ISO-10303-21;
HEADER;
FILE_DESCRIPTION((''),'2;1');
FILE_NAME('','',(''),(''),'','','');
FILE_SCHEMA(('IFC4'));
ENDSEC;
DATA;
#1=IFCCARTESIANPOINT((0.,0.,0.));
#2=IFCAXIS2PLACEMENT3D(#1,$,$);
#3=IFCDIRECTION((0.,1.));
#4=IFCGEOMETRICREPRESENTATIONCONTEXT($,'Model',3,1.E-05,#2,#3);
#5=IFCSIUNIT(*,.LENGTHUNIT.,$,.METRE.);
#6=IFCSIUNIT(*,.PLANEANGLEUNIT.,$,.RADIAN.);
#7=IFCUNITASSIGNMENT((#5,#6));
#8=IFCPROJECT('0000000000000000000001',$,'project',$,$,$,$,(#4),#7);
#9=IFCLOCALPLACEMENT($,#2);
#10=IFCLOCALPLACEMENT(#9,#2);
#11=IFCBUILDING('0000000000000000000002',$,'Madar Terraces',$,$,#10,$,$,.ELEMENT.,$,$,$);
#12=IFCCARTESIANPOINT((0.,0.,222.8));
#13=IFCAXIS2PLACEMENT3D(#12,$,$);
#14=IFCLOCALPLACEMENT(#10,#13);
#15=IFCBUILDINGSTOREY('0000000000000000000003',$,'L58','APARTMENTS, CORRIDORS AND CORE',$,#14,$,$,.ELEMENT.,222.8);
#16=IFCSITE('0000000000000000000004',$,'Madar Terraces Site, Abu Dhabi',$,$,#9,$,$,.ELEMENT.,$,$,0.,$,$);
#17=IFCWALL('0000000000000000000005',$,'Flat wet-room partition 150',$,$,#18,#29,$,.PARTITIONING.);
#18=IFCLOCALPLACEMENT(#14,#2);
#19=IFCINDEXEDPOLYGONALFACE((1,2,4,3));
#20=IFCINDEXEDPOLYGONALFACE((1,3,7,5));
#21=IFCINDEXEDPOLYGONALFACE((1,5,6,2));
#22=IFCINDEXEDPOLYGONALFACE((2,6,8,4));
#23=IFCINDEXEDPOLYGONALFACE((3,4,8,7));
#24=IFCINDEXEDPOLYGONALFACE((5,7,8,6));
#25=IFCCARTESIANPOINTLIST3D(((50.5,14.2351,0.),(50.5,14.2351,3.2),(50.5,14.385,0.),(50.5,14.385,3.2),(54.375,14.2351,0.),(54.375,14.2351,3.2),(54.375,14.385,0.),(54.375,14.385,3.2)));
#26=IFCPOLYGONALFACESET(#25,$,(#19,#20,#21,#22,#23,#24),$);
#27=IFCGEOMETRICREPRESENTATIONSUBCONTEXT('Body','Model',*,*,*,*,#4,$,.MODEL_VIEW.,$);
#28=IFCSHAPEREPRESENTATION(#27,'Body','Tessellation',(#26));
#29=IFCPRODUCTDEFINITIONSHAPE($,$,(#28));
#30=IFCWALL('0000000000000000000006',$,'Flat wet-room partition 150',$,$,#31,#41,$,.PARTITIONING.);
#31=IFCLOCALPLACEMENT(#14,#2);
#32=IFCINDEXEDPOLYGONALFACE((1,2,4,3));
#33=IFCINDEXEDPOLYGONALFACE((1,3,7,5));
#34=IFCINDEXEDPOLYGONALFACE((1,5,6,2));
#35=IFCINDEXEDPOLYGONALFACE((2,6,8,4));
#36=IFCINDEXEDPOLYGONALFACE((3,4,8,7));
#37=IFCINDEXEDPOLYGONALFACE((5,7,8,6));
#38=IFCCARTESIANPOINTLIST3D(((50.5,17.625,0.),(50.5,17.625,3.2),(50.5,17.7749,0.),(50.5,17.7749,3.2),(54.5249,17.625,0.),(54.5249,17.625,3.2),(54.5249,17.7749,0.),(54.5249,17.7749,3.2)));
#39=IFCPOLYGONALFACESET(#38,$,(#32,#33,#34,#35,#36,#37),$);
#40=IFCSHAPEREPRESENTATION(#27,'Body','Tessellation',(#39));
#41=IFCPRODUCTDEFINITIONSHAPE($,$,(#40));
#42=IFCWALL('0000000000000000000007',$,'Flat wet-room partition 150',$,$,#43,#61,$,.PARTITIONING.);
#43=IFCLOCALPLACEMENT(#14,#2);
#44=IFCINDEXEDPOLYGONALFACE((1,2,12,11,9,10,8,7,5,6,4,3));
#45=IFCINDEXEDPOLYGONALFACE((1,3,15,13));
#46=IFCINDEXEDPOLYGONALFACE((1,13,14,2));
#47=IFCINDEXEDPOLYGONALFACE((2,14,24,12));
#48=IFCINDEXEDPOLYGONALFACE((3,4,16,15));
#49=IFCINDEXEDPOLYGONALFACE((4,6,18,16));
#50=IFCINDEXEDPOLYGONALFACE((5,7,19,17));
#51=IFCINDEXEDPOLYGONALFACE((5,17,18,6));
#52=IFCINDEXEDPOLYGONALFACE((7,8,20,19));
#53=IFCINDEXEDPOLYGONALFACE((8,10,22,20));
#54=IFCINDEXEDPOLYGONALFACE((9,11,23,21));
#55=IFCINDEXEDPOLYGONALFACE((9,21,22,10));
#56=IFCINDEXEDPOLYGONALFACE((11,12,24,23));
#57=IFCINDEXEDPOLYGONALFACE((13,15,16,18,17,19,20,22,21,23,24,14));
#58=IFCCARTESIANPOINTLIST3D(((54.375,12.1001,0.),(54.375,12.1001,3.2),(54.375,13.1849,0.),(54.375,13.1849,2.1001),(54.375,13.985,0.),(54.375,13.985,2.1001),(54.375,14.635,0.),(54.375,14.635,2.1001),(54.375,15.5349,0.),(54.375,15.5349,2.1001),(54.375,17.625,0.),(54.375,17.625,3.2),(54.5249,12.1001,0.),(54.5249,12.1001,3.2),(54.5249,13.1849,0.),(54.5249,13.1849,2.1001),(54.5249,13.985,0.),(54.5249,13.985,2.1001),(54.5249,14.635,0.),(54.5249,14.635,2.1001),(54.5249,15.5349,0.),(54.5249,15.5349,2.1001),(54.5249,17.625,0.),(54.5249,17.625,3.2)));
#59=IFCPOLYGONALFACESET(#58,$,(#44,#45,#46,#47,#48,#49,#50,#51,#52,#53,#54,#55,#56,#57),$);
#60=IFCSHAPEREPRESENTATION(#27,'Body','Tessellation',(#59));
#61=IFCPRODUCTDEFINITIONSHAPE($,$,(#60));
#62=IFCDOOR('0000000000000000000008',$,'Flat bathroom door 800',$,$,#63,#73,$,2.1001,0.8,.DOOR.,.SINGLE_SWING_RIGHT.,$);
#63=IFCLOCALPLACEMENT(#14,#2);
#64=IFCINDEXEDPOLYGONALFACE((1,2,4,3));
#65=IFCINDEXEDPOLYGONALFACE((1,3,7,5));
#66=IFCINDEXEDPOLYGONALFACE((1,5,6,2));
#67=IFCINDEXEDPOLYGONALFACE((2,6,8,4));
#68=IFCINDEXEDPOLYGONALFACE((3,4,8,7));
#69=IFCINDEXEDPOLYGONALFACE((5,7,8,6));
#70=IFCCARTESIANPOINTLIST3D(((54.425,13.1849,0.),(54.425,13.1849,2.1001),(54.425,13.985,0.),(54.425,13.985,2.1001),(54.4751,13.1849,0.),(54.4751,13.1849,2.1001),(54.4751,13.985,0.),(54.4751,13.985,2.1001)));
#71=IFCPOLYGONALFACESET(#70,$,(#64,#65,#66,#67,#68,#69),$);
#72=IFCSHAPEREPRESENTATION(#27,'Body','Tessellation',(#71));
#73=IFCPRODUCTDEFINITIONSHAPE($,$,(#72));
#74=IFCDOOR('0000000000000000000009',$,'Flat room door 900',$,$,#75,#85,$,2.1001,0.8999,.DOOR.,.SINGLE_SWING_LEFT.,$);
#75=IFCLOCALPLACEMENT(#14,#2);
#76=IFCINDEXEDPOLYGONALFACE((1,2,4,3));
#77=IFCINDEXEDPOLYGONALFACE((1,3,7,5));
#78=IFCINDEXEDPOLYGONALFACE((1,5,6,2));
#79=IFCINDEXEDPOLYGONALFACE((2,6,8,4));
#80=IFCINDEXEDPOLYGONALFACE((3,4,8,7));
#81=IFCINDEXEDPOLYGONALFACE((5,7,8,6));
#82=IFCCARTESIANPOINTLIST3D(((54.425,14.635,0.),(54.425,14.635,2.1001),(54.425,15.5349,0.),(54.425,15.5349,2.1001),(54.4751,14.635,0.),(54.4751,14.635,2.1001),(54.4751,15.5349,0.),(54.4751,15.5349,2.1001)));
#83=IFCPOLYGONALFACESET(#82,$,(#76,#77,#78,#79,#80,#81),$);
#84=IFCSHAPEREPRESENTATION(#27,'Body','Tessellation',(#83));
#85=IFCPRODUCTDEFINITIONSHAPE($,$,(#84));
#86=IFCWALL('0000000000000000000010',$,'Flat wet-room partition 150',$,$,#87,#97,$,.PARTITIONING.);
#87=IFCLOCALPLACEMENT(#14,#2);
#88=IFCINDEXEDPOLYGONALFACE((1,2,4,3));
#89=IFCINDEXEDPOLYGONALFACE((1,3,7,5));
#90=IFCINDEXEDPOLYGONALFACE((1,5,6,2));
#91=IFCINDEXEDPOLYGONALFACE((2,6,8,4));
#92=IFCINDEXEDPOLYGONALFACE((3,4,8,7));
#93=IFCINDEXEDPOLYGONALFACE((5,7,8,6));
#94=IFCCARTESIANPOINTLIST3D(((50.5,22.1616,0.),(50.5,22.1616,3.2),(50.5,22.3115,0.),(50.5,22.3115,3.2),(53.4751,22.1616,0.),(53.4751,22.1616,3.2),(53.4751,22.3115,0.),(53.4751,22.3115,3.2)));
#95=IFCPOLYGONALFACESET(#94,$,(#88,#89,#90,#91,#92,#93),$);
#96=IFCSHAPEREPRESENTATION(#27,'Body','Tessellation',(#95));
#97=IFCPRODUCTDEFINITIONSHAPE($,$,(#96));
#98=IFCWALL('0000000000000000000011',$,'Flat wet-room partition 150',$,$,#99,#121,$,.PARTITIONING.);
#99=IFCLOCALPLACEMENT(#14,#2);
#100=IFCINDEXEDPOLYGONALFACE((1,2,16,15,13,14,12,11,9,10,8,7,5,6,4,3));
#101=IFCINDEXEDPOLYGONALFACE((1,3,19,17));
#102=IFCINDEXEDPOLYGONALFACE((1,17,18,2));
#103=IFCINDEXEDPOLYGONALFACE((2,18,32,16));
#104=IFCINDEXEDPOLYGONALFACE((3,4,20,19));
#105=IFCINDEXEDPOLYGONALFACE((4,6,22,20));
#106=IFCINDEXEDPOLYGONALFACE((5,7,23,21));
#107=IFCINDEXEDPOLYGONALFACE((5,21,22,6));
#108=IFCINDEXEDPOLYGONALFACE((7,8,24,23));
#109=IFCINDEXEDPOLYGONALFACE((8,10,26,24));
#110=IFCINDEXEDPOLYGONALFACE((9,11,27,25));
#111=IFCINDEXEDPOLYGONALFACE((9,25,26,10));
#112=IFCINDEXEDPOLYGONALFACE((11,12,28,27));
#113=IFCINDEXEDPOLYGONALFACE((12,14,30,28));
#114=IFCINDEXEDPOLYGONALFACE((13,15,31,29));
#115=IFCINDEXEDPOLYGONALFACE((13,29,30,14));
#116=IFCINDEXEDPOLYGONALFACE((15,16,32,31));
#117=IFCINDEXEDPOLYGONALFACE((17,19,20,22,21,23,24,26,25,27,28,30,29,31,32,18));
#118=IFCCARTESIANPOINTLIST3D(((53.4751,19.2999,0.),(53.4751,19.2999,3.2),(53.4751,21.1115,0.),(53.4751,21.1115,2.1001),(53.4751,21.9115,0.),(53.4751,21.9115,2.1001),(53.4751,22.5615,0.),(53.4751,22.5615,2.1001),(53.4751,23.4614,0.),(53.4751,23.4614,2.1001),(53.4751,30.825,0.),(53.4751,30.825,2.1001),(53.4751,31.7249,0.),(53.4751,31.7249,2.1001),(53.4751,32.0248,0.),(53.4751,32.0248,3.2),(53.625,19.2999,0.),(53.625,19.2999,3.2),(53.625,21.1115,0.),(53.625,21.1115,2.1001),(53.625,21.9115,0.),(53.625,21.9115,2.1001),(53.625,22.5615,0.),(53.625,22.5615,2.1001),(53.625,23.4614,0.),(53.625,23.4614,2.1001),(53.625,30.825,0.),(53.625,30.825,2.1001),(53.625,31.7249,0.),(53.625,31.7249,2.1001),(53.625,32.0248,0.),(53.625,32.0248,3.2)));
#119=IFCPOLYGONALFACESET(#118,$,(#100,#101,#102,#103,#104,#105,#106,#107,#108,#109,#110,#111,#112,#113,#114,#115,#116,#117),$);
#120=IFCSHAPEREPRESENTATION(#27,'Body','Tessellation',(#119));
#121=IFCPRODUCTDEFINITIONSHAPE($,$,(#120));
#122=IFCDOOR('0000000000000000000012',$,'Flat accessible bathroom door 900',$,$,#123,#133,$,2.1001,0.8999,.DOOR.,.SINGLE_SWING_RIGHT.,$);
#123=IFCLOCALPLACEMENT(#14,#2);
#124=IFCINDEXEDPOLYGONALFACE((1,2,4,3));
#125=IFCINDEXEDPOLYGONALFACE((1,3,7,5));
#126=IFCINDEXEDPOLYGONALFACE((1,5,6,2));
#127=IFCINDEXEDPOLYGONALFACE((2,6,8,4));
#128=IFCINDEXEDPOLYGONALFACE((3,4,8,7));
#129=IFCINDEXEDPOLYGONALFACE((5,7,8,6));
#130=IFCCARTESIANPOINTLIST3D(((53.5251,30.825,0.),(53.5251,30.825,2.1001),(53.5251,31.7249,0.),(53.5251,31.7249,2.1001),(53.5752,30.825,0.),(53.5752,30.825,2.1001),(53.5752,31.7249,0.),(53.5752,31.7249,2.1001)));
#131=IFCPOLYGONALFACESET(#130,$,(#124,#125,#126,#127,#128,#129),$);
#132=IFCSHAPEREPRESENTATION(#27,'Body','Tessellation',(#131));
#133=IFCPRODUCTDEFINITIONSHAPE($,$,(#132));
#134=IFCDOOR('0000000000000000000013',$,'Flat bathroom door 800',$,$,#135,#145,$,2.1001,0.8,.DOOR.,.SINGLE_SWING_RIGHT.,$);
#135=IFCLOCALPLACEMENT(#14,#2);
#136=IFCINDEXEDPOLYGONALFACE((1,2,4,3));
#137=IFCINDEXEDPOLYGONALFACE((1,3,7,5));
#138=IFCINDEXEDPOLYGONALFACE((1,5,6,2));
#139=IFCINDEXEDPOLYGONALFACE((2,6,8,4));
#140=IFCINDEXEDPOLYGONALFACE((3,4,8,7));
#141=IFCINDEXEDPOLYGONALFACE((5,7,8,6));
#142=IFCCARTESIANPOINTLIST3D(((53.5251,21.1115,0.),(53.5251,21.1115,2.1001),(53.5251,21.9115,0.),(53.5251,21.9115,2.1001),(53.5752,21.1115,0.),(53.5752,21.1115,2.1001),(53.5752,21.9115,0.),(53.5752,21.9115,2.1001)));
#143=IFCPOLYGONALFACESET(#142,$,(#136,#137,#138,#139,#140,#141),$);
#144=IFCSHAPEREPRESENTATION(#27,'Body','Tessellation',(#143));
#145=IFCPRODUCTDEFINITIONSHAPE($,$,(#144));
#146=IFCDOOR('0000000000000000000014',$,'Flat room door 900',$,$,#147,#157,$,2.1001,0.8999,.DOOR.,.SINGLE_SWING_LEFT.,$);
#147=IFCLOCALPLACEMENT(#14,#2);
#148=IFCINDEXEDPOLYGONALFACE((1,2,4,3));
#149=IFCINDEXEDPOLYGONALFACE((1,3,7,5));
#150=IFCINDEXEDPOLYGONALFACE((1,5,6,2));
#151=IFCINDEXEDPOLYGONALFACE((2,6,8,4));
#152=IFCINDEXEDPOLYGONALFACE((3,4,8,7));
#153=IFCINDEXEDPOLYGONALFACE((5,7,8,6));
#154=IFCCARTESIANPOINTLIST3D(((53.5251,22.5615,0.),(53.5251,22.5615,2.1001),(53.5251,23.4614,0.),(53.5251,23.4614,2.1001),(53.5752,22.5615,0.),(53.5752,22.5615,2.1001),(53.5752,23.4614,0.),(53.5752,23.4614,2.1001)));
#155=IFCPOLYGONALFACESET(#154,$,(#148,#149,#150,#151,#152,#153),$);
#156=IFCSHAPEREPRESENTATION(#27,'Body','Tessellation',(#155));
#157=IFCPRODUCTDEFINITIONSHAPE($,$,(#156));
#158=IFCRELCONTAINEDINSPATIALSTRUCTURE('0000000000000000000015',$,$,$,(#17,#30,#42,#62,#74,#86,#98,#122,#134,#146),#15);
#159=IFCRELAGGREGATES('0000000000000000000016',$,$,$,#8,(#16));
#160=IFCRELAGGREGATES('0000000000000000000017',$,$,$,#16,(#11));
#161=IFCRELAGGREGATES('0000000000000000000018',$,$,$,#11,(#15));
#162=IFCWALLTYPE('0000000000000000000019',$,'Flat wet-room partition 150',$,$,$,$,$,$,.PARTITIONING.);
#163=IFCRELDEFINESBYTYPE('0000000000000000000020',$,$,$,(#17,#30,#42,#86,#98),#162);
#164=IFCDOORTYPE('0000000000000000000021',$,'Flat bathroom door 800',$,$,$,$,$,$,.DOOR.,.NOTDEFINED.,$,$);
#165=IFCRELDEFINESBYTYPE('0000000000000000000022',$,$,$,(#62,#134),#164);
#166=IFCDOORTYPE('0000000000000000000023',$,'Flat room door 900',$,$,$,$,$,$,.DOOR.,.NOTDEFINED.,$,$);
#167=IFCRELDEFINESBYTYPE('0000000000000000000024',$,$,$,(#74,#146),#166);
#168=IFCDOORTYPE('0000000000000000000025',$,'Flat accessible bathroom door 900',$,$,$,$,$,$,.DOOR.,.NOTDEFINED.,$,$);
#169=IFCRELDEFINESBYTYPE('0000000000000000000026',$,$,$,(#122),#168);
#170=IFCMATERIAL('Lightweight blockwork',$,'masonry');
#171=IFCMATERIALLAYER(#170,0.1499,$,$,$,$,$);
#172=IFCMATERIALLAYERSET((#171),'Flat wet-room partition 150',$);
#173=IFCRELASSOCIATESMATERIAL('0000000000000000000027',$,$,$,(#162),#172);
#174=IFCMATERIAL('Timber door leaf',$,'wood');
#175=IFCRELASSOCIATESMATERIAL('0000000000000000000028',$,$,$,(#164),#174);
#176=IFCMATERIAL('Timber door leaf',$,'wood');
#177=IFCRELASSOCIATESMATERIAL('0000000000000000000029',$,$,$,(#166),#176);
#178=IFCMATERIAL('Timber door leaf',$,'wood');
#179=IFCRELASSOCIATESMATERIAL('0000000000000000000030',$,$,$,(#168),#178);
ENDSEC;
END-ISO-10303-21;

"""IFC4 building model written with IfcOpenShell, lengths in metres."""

from ifc_helpers import new_model, si_unit, direction, frame, frame_2d, origin, place, context, subcontext, project, spatial, rectangle, extrude, material, layer, layer_set, type_object, element, fill, save


model = new_model("IFC4")

# Units and contexts
model_context = context("Model", 3, precision=1e-05, world=origin(), true_north=direction((0.0, 1.0)))
body_context = subcontext(model_context, "Body", "Model", "MODEL_VIEW")
ifc_project = project(units=[si_unit("LENGTHUNIT", "METRE"), si_unit("PLANEANGLEUNIT", "RADIAN")], contexts=[model_context])

# Site, building, storey
site_placement = place(None, origin())
site = spatial("IfcSite", under=ifc_project, at=site_placement, Name="Madar Terraces Site, Abu Dhabi", CompositionType="ELEMENT", RefElevation=0.0)
building_placement = place(site_placement, origin())
building = spatial("IfcBuilding", under=site, at=building_placement, Name="Madar Terraces", CompositionType="ELEMENT")
storey_placement = place(building_placement, frame((0.0, 0.0, 222.8)))
storey = spatial("IfcBuildingStorey", under=building, at=storey_placement, Name="L58", Description="APARTMENTS, CORRIDORS AND CORE", CompositionType="ELEMENT", Elevation=222.8)

# Walls
ifc_material_1 = material(Name="Lightweight blockwork", Category="masonry")
ifc_layer_1 = layer(ifc_material_1, 0.1499)
ifc_layer_set_1 = layer_set([ifc_layer_1], Name="Flat wet-room partition 150")
wall_type_1 = type_object("IfcWallType", Name="Flat wet-room partition 150", PredefinedType="PARTITIONING", material=ifc_layer_set_1)
wall_1_placement = place(storey_placement, frame((50.5, 14.3101, 0.0), z_axis=(0.0, 0.0, 1.0), x_axis=(1.0, 0.0, 0.0)))
element("IfcWall", 1, at=wall_1_placement, inside=storey, type_object=wall_type_1, Name="Flat wet-room partition 150", PredefinedType="PARTITIONING", context=body_context, shape_type="SweptSolid", body=[
    extrude(rectangle(XDim=3.875, YDim=0.1499, at=frame_2d((1.9375, 0.0))), origin(), (0.0, 0.0, 1.0), 3.2),
])
wall_2_placement = place(storey_placement, frame((50.5, 17.7, 0.0), z_axis=(0.0, 0.0, 1.0), x_axis=(1.0, 0.0, 0.0)))
element("IfcWall", 2, at=wall_2_placement, inside=storey, type_object=wall_type_1, Name="Flat wet-room partition 150", PredefinedType="PARTITIONING", context=body_context, shape_type="SweptSolid", body=[
    extrude(rectangle(XDim=4.0249, YDim=0.1499, at=frame_2d((2.0125, 0.0))), origin(), (0.0, 0.0, 1.0), 3.2),
])

# Wall, openings, doors
wall_3_placement = place(storey_placement, frame((54.45, 12.1001, 0.0), z_axis=(0.0, 0.0, 1.0), x_axis=(0.0, 1.0, 0.0)))
wall_3 = element("IfcWall", 3, at=wall_3_placement, inside=storey, type_object=wall_type_1, Name="Flat wet-room partition 150", PredefinedType="PARTITIONING", context=body_context, shape_type="SweptSolid", body=[
    extrude(rectangle(XDim=5.5249, YDim=0.1499, at=frame_2d((2.7625, 0.0))), origin(), (0.0, 0.0, 1.0), 3.2),
])
opening_1_placement = place(wall_3_placement, frame((2.5349, 0.0, 0.0)))
opening_1 = element("IfcOpeningElement", 4, at=opening_1_placement, cuts=wall_3, PredefinedType="OPENING", context=body_context, shape_type="SweptSolid", body=[
    extrude(rectangle(XDim=0.8999, YDim=2.1001, at=frame_2d((0.45, 1.05))), frame((0.0, 0.085, 0.0), z_axis=(0.0, -1.0, 0.0), x_axis=(1.0, 0.0, 0.0)), (0.0, 0.0, 1.0), 0.1699),
])
opening_2_placement = place(wall_3_placement, frame((1.085, 0.0, 0.0)))
opening_2 = element("IfcOpeningElement", 5, at=opening_2_placement, cuts=wall_3, PredefinedType="OPENING", context=body_context, shape_type="SweptSolid", body=[
    extrude(rectangle(XDim=0.8, YDim=2.1001, at=frame_2d((0.3999, 1.05))), frame((0.0, 0.085, 0.0), z_axis=(0.0, -1.0, 0.0), x_axis=(1.0, 0.0, 0.0)), (0.0, 0.0, 1.0), 0.1699),
])
ifc_material_2 = material(Name="Timber door leaf", Category="wood")
door_type_1 = type_object("IfcDoorType", Name="Flat bathroom door 800", OperationType="NOTDEFINED", PredefinedType="DOOR", material=ifc_material_2)
door_1_placement = place(opening_2_placement, origin())
door_1 = element("IfcDoor", 6, at=door_1_placement, inside=storey, type_object=door_type_1, Name="Flat bathroom door 800", OperationType="SINGLE_SWING_RIGHT", OverallHeight=2.1001, OverallWidth=0.8, PredefinedType="DOOR", context=body_context, shape_type="SweptSolid", body=[
    extrude(rectangle(XDim=0.8, YDim=2.1001, at=frame_2d((0.3999, 1.05))), frame((0.0, 0.0249, 0.0), z_axis=(0.0, -1.0, 0.0), x_axis=(1.0, 0.0, 0.0)), (0.0, 0.0, 1.0), 0.05),
])
fill(opening_2, door_1)
ifc_material_3 = material(Name="Timber door leaf", Category="wood")
door_type_2 = type_object("IfcDoorType", Name="Flat room door 900", OperationType="NOTDEFINED", PredefinedType="DOOR", material=ifc_material_3)
door_2_placement = place(opening_1_placement, origin())
door_2 = element("IfcDoor", 7, at=door_2_placement, inside=storey, type_object=door_type_2, Name="Flat room door 900", OperationType="SINGLE_SWING_LEFT", OverallHeight=2.1001, OverallWidth=0.8999, PredefinedType="DOOR", context=body_context, shape_type="SweptSolid", body=[
    extrude(rectangle(XDim=0.8999, YDim=2.1001, at=frame_2d((0.45, 1.05))), frame((0.0, 0.0249, 0.0), z_axis=(0.0, -1.0, 0.0), x_axis=(1.0, 0.0, 0.0)), (0.0, 0.0, 1.0), 0.05),
])
fill(opening_1, door_2)

# Wall
wall_4_placement = place(storey_placement, frame((50.5, 22.2366, 0.0), z_axis=(0.0, 0.0, 1.0), x_axis=(1.0, 0.0, 0.0)))
element("IfcWall", 8, at=wall_4_placement, inside=storey, type_object=wall_type_1, Name="Flat wet-room partition 150", PredefinedType="PARTITIONING", context=body_context, shape_type="SweptSolid", body=[
    extrude(rectangle(XDim=2.9751, YDim=0.1499, at=frame_2d((1.4875, 0.0))), origin(), (0.0, 0.0, 1.0), 3.2),
])

# Wall, openings, doors
wall_5_placement = place(storey_placement, frame((53.55, 19.3, 0.0), z_axis=(0.0, 0.0, 1.0), x_axis=(0.0, 1.0, 0.0)))
wall_5 = element("IfcWall", 9, at=wall_5_placement, inside=storey, type_object=wall_type_1, Name="Flat wet-room partition 150", PredefinedType="PARTITIONING", context=body_context, shape_type="SweptSolid", body=[
    extrude(rectangle(XDim=12.7249, YDim=0.1499, at=frame_2d((6.3623, 0.0))), origin(), (0.0, 0.0, 1.0), 3.2),
])
opening_3_placement = place(wall_5_placement, frame((11.5249, 0.0, 0.0)))
opening_3 = element("IfcOpeningElement", 10, at=opening_3_placement, cuts=wall_5, PredefinedType="OPENING", context=body_context, shape_type="SweptSolid", body=[
    extrude(rectangle(XDim=0.8999, YDim=2.1001, at=frame_2d((0.45, 1.05))), frame((0.0, 0.085, 0.0), z_axis=(0.0, -1.0, 0.0), x_axis=(1.0, 0.0, 0.0)), (0.0, 0.0, 1.0), 0.1699),
])
opening_4_placement = place(wall_5_placement, frame((3.2615, 0.0, 0.0)))
opening_4 = element("IfcOpeningElement", 11, at=opening_4_placement, cuts=wall_5, PredefinedType="OPENING", context=body_context, shape_type="SweptSolid", body=[
    extrude(rectangle(XDim=0.8999, YDim=2.1001, at=frame_2d((0.45, 1.05))), frame((0.0, 0.085, 0.0), z_axis=(0.0, -1.0, 0.0), x_axis=(1.0, 0.0, 0.0)), (0.0, 0.0, 1.0), 0.1699),
])
opening_5_placement = place(wall_5_placement, frame((1.8115, 0.0, 0.0)))
opening_5 = element("IfcOpeningElement", 12, at=opening_5_placement, cuts=wall_5, PredefinedType="OPENING", context=body_context, shape_type="SweptSolid", body=[
    extrude(rectangle(XDim=0.8, YDim=2.1001, at=frame_2d((0.3999, 1.05))), frame((0.0, 0.085, 0.0), z_axis=(0.0, -1.0, 0.0), x_axis=(1.0, 0.0, 0.0)), (0.0, 0.0, 1.0), 0.1699),
])
ifc_material_4 = material(Name="Timber door leaf", Category="wood")
door_type_3 = type_object("IfcDoorType", Name="Flat accessible bathroom door 900", OperationType="NOTDEFINED", PredefinedType="DOOR", material=ifc_material_4)
door_3_placement = place(opening_3_placement, origin())
door_3 = element("IfcDoor", 13, at=door_3_placement, inside=storey, type_object=door_type_3, Name="Flat accessible bathroom door 900", OperationType="SINGLE_SWING_RIGHT", OverallHeight=2.1001, OverallWidth=0.8999, PredefinedType="DOOR", context=body_context, shape_type="SweptSolid", body=[
    extrude(rectangle(XDim=0.8999, YDim=2.1001, at=frame_2d((0.45, 1.05))), frame((0.0, 0.0249, 0.0), z_axis=(0.0, -1.0, 0.0), x_axis=(1.0, 0.0, 0.0)), (0.0, 0.0, 1.0), 0.05),
])
fill(opening_3, door_3)
door_4_placement = place(opening_5_placement, origin())
door_4 = element("IfcDoor", 14, at=door_4_placement, inside=storey, type_object=door_type_1, Name="Flat bathroom door 800", OperationType="SINGLE_SWING_RIGHT", OverallHeight=2.1001, OverallWidth=0.8, PredefinedType="DOOR", context=body_context, shape_type="SweptSolid", body=[
    extrude(rectangle(XDim=0.8, YDim=2.1001, at=frame_2d((0.3999, 1.05))), frame((0.0, 0.0249, 0.0), z_axis=(0.0, -1.0, 0.0), x_axis=(1.0, 0.0, 0.0)), (0.0, 0.0, 1.0), 0.05),
])
fill(opening_5, door_4)
door_5_placement = place(opening_4_placement, origin())
door_5 = element("IfcDoor", 15, at=door_5_placement, inside=storey, type_object=door_type_2, Name="Flat room door 900", OperationType="SINGLE_SWING_LEFT", OverallHeight=2.1001, OverallWidth=0.8999, PredefinedType="DOOR", context=body_context, shape_type="SweptSolid", body=[
    extrude(rectangle(XDim=0.8999, YDim=2.1001, at=frame_2d((0.45, 1.05))), frame((0.0, 0.0249, 0.0), z_axis=(0.0, -1.0, 0.0), x_axis=(1.0, 0.0, 0.0)), (0.0, 0.0, 1.0), 0.05),
])
fill(opening_4, door_5)

save(model, "model.ifc")
